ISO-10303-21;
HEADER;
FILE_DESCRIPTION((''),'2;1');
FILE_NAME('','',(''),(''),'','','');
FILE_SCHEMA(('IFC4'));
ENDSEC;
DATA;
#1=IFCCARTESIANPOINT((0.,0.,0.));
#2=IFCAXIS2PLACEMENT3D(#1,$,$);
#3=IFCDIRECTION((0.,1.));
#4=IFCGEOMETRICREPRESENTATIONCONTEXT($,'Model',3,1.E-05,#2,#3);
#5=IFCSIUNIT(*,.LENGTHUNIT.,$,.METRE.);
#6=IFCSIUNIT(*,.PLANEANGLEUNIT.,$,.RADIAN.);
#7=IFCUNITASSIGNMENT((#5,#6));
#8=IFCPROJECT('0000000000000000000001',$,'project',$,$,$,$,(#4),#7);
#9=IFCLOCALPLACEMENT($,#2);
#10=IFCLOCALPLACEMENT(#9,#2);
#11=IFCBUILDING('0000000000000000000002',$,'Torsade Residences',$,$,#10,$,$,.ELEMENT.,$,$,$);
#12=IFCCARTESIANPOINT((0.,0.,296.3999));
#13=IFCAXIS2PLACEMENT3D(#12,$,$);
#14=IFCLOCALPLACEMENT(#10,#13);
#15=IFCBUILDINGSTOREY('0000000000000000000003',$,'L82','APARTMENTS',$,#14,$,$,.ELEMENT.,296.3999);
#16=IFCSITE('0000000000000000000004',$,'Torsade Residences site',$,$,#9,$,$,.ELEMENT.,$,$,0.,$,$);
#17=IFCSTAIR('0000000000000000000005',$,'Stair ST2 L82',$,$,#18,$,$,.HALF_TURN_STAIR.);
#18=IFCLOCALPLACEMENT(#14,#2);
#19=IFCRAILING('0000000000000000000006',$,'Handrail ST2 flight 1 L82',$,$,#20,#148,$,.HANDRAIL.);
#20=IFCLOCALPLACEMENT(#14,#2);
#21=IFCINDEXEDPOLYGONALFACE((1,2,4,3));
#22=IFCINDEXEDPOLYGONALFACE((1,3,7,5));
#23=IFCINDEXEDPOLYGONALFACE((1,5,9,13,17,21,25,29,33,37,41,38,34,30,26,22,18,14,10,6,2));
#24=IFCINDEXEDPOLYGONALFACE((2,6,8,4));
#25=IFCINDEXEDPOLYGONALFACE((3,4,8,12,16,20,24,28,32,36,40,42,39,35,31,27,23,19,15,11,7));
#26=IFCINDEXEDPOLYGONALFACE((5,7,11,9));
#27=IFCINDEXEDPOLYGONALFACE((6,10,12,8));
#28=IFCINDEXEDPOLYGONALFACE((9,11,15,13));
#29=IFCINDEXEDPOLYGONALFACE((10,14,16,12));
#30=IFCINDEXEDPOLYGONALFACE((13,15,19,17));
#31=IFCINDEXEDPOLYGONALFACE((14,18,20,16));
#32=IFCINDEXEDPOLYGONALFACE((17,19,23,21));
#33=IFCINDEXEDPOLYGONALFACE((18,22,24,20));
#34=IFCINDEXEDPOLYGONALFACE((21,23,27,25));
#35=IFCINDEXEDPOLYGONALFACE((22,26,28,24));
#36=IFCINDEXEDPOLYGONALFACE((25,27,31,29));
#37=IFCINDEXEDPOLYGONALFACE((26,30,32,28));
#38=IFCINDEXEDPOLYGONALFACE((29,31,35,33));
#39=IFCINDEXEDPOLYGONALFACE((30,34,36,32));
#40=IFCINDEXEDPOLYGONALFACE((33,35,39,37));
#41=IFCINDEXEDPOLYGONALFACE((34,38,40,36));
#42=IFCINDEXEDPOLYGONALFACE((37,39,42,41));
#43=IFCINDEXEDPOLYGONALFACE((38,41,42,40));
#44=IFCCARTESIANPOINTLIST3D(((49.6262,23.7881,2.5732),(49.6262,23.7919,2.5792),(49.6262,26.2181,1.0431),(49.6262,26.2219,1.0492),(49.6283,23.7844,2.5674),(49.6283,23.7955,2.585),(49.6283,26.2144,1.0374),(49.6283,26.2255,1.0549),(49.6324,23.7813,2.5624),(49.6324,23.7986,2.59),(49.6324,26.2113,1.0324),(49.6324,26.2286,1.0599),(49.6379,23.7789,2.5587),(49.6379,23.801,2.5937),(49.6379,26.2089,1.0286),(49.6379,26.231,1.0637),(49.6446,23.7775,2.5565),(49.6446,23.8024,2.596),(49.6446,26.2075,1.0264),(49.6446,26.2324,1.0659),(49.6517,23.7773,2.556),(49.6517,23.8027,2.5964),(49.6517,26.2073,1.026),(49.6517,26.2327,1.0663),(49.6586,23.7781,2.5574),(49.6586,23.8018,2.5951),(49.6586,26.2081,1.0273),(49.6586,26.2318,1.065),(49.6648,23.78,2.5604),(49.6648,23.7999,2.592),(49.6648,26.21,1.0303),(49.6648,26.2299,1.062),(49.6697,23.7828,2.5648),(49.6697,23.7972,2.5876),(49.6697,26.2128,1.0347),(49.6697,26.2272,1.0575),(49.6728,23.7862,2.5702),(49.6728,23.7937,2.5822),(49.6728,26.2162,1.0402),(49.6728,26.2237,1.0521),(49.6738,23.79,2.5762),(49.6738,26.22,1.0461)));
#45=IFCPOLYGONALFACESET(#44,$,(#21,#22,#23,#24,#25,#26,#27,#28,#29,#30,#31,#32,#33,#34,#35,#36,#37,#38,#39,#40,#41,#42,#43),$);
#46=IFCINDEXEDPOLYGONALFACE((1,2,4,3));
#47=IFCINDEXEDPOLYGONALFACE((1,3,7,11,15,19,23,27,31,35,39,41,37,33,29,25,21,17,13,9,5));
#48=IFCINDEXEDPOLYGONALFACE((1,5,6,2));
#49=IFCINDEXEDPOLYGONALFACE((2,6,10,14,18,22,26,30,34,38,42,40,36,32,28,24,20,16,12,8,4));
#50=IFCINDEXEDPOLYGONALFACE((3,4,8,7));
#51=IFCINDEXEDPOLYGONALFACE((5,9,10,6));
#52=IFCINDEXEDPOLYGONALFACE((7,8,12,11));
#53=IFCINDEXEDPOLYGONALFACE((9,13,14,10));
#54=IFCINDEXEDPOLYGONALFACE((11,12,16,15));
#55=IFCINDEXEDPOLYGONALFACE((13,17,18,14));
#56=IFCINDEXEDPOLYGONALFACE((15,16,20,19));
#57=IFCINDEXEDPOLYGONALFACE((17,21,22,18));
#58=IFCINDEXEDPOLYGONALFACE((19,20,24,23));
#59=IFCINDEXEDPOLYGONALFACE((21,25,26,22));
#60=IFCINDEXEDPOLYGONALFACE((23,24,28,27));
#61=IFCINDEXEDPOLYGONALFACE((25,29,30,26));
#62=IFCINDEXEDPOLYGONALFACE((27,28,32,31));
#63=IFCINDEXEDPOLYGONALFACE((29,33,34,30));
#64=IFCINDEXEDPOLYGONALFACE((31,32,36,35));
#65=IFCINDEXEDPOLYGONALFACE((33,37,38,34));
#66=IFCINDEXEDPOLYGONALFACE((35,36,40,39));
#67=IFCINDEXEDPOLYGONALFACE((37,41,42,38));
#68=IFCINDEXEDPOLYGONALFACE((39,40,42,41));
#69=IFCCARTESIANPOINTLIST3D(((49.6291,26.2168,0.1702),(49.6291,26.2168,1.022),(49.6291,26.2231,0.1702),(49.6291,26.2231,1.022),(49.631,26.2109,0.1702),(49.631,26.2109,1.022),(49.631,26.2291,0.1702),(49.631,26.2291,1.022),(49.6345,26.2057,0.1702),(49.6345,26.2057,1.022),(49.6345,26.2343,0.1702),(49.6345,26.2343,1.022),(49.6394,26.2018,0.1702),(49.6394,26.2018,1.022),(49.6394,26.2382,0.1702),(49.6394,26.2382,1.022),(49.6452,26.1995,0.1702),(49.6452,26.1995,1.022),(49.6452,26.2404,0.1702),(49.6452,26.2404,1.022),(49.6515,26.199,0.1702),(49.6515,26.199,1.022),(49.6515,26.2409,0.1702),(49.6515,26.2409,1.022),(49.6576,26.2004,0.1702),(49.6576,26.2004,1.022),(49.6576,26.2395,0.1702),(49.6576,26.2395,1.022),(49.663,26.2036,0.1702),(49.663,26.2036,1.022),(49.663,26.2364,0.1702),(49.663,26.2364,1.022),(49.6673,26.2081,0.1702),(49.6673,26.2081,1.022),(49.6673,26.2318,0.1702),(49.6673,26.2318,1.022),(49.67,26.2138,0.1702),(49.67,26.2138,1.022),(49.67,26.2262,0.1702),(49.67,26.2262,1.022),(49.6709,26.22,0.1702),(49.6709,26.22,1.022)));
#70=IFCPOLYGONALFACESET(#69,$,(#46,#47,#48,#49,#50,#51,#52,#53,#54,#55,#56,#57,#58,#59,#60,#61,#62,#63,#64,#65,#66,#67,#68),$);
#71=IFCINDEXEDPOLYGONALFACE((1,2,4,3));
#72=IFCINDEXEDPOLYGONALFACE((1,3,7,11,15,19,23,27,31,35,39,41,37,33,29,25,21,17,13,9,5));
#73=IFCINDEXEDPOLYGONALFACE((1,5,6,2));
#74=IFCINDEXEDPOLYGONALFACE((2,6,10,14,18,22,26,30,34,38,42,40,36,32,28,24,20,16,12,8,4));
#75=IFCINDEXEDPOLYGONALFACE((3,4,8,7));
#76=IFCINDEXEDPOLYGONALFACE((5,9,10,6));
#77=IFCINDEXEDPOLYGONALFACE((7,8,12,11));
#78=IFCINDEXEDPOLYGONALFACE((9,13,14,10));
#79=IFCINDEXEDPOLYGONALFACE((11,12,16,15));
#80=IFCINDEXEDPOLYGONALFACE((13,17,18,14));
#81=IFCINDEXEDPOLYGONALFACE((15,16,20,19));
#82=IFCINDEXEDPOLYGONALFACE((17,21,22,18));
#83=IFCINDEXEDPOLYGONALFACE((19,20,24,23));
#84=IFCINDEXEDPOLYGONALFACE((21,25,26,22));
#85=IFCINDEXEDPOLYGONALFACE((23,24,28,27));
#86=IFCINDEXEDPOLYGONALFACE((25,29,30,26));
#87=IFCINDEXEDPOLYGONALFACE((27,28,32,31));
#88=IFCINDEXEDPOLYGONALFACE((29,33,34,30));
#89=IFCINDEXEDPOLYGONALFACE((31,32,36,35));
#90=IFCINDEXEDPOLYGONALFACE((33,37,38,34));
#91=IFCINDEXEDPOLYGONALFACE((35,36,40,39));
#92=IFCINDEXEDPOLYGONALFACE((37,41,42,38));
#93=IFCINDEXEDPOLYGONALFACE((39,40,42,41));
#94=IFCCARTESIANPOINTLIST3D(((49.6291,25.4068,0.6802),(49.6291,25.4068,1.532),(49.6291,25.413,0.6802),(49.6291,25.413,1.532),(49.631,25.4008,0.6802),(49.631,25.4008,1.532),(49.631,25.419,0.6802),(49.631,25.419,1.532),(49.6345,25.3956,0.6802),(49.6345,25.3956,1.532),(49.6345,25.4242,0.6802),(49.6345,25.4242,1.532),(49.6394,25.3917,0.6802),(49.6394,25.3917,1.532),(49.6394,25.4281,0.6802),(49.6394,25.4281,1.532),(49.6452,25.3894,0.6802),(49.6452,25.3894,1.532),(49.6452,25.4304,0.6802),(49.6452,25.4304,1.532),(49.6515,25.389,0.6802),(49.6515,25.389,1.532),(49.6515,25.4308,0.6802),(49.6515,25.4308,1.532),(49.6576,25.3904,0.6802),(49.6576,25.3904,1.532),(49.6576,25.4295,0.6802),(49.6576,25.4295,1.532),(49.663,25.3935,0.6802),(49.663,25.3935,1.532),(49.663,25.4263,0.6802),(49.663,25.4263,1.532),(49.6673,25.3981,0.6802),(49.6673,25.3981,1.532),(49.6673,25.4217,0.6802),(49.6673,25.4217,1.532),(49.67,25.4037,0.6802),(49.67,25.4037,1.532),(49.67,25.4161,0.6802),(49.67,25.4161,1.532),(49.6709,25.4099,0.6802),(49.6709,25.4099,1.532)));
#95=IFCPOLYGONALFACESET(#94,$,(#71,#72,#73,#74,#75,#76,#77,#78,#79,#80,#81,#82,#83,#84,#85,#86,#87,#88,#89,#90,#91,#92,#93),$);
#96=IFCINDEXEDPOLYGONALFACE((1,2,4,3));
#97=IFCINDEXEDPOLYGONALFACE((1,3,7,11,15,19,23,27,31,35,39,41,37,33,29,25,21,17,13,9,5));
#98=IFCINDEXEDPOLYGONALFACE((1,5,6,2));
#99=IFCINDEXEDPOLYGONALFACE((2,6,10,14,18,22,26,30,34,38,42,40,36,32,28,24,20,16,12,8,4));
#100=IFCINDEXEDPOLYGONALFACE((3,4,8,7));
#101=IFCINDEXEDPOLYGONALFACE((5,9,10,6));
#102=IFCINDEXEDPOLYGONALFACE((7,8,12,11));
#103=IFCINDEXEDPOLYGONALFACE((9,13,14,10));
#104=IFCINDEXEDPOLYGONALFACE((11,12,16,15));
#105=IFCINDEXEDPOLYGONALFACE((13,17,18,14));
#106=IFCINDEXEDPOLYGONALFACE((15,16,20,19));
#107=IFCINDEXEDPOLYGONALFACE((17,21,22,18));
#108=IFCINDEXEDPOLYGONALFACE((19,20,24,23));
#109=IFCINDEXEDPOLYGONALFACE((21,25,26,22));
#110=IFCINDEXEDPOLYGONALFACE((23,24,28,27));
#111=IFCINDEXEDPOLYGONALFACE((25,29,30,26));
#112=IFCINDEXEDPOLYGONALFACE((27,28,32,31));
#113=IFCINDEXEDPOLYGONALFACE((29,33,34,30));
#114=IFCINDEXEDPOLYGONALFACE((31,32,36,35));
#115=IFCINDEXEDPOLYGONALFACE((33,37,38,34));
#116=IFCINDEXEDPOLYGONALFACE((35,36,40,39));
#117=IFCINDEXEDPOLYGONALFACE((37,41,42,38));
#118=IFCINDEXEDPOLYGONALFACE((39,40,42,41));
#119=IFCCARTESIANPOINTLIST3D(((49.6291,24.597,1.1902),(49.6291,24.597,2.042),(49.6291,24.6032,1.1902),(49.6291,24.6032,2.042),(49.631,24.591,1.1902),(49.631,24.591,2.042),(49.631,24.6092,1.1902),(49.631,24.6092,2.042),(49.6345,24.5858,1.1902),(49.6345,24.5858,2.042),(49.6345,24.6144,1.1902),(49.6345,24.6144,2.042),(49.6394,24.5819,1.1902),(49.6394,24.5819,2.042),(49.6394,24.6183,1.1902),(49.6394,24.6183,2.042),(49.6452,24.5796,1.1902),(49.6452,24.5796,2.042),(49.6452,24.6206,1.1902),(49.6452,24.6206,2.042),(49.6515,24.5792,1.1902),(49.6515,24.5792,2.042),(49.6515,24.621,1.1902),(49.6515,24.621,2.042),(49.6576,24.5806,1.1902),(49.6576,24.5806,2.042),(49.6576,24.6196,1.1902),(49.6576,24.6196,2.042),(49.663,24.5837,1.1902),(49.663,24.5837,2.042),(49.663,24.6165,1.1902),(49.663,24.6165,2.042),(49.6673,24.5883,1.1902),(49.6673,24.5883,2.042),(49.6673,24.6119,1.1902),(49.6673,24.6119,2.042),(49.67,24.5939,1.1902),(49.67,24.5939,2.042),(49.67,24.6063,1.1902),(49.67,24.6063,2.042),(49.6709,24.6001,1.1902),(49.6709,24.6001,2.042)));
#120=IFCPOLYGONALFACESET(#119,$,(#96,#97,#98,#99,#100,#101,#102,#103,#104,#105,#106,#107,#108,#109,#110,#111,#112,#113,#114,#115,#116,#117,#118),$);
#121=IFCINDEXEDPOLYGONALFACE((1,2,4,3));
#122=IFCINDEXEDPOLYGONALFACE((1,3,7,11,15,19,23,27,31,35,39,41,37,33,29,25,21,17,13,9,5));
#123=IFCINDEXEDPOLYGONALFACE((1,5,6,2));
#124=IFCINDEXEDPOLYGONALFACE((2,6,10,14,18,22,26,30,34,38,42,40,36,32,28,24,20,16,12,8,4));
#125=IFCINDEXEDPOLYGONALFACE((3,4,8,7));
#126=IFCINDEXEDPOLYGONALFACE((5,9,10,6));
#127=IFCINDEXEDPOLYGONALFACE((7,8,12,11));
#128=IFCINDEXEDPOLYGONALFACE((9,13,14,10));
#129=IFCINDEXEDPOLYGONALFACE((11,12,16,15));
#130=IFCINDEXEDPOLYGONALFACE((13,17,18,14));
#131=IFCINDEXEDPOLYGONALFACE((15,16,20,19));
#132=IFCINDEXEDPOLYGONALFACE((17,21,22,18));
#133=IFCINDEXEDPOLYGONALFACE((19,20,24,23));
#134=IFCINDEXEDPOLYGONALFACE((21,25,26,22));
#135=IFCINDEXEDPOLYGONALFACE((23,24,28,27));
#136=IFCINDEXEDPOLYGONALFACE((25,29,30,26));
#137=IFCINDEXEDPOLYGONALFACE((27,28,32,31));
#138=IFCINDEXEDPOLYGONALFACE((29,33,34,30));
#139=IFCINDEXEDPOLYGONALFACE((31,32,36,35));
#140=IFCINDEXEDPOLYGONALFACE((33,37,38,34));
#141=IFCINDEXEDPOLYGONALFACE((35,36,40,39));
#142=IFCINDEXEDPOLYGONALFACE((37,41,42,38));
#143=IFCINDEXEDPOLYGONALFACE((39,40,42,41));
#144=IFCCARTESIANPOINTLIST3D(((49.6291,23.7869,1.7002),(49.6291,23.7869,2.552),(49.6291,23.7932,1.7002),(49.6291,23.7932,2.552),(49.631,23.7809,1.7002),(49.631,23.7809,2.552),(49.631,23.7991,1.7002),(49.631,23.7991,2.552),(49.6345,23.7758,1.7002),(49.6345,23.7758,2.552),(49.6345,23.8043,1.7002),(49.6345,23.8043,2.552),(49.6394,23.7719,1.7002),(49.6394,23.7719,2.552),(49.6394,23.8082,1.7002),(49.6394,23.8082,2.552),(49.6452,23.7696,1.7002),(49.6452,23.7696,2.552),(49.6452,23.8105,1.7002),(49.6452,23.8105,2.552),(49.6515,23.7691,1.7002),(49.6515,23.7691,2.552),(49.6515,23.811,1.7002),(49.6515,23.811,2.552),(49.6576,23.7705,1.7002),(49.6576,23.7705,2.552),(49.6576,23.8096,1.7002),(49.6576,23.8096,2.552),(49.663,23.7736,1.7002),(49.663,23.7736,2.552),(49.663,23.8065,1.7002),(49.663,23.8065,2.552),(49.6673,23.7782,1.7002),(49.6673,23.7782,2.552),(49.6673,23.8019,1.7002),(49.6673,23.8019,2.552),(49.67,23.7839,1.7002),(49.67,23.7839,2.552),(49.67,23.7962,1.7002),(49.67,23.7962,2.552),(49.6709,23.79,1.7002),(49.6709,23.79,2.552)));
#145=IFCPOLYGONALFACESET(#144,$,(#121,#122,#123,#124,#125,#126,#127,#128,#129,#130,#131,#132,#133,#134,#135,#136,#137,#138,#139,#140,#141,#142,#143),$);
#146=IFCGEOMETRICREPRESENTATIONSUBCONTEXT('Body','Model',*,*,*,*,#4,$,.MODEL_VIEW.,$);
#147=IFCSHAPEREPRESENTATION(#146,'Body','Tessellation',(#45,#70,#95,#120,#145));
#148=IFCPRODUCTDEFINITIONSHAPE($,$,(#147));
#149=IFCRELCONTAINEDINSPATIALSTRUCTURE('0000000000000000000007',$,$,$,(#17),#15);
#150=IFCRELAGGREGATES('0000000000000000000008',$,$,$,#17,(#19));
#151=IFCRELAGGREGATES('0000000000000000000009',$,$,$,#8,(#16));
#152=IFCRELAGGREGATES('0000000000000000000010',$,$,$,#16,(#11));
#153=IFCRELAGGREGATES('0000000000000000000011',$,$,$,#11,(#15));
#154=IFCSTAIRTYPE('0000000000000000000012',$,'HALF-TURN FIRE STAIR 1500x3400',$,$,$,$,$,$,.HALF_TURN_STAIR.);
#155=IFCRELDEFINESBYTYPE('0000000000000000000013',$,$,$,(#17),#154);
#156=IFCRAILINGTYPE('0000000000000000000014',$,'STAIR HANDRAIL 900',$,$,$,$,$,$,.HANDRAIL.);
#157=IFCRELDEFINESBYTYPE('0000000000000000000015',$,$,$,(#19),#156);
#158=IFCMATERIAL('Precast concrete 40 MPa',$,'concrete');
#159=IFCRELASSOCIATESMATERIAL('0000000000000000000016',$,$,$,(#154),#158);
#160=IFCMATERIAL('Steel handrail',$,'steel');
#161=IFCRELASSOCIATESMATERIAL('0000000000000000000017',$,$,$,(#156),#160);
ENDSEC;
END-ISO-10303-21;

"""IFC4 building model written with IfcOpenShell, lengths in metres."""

from ifc_helpers import new_model, si_unit, direction, frame, origin, origin_2d, place, context, subcontext, project, spatial, circle, extrude, material, type_object, element, aggregate, save


model = new_model("IFC4")

# Units and contexts
model_context = context("Model", 3, precision=1e-05, world=origin(), true_north=direction((0.0, 1.0)))
body_context = subcontext(model_context, "Body", "Model", "MODEL_VIEW")
ifc_project = project(units=[si_unit("LENGTHUNIT", "METRE"), si_unit("PLANEANGLEUNIT", "RADIAN")], contexts=[model_context])

# Site, building, storey
site_placement = place(None, origin())
site = spatial("IfcSite", under=ifc_project, at=site_placement, Name="Torsade Residences site", CompositionType="ELEMENT", RefElevation=0.0)
building_placement = place(site_placement, origin())
building = spatial("IfcBuilding", under=site, at=building_placement, Name="Torsade Residences", CompositionType="ELEMENT")
storey_placement = place(building_placement, frame((0.0, 0.0, 296.3999)))
storey = spatial("IfcBuildingStorey", under=building, at=storey_placement, Name="L82", Description="APARTMENTS", CompositionType="ELEMENT", Elevation=296.3999)

# Stair, railing
ifc_material_1 = material(Name="Precast concrete 40 MPa", Category="concrete")
stair_type = type_object("IfcStairType", Name="HALF-TURN FIRE STAIR 1500x3400", PredefinedType="HALF_TURN_STAIR", material=ifc_material_1)
stair_placement = place(storey_placement, origin())
stair = element("IfcStair", 1, at=stair_placement, inside=storey, type_object=stair_type, Name="Stair ST2 L82", PredefinedType="HALF_TURN_STAIR")
ifc_material_2 = material(Name="Steel handrail", Category="steel")
railing_type = type_object("IfcRailingType", Name="STAIR HANDRAIL 900", PredefinedType="HANDRAIL", material=ifc_material_2)
railing_1_placement = place(storey_placement, frame((49.6499, 26.22, 0.1702)))
railing_1 = element("IfcRailing", 2, at=railing_1_placement, type_object=railing_type, Name="Handrail ST2 flight 1 L82", PredefinedType="HANDRAIL", context=body_context, shape_type="SweptSolid", body=[
    extrude(circle(Radius=0.0239, at=origin_2d()), frame((0.0, 0.0, 0.876), z_axis=(0.0, -0.846221, 0.532831), x_axis=(1.0, 0.0, 0.0)), (0.0, 0.0, 1.0), 2.8716),
    extrude(circle(Radius=0.021, at=origin_2d()), origin(), (0.0, 0.0, 1.0), 0.8518),
    extrude(circle(Radius=0.021, at=origin_2d()), frame((0.0, -0.8101, 0.51)), (0.0, 0.0, 1.0), 0.8518),
    extrude(circle(Radius=0.021, at=origin_2d()), frame((0.0, -1.6199, 1.02)), (0.0, 0.0, 1.0), 0.8518),
    extrude(circle(Radius=0.021, at=origin_2d()), frame((0.0, -2.4299, 1.53)), (0.0, 0.0, 1.0), 0.8518),
])
aggregate(stair, [railing_1])

save(model, "model.ifc")
